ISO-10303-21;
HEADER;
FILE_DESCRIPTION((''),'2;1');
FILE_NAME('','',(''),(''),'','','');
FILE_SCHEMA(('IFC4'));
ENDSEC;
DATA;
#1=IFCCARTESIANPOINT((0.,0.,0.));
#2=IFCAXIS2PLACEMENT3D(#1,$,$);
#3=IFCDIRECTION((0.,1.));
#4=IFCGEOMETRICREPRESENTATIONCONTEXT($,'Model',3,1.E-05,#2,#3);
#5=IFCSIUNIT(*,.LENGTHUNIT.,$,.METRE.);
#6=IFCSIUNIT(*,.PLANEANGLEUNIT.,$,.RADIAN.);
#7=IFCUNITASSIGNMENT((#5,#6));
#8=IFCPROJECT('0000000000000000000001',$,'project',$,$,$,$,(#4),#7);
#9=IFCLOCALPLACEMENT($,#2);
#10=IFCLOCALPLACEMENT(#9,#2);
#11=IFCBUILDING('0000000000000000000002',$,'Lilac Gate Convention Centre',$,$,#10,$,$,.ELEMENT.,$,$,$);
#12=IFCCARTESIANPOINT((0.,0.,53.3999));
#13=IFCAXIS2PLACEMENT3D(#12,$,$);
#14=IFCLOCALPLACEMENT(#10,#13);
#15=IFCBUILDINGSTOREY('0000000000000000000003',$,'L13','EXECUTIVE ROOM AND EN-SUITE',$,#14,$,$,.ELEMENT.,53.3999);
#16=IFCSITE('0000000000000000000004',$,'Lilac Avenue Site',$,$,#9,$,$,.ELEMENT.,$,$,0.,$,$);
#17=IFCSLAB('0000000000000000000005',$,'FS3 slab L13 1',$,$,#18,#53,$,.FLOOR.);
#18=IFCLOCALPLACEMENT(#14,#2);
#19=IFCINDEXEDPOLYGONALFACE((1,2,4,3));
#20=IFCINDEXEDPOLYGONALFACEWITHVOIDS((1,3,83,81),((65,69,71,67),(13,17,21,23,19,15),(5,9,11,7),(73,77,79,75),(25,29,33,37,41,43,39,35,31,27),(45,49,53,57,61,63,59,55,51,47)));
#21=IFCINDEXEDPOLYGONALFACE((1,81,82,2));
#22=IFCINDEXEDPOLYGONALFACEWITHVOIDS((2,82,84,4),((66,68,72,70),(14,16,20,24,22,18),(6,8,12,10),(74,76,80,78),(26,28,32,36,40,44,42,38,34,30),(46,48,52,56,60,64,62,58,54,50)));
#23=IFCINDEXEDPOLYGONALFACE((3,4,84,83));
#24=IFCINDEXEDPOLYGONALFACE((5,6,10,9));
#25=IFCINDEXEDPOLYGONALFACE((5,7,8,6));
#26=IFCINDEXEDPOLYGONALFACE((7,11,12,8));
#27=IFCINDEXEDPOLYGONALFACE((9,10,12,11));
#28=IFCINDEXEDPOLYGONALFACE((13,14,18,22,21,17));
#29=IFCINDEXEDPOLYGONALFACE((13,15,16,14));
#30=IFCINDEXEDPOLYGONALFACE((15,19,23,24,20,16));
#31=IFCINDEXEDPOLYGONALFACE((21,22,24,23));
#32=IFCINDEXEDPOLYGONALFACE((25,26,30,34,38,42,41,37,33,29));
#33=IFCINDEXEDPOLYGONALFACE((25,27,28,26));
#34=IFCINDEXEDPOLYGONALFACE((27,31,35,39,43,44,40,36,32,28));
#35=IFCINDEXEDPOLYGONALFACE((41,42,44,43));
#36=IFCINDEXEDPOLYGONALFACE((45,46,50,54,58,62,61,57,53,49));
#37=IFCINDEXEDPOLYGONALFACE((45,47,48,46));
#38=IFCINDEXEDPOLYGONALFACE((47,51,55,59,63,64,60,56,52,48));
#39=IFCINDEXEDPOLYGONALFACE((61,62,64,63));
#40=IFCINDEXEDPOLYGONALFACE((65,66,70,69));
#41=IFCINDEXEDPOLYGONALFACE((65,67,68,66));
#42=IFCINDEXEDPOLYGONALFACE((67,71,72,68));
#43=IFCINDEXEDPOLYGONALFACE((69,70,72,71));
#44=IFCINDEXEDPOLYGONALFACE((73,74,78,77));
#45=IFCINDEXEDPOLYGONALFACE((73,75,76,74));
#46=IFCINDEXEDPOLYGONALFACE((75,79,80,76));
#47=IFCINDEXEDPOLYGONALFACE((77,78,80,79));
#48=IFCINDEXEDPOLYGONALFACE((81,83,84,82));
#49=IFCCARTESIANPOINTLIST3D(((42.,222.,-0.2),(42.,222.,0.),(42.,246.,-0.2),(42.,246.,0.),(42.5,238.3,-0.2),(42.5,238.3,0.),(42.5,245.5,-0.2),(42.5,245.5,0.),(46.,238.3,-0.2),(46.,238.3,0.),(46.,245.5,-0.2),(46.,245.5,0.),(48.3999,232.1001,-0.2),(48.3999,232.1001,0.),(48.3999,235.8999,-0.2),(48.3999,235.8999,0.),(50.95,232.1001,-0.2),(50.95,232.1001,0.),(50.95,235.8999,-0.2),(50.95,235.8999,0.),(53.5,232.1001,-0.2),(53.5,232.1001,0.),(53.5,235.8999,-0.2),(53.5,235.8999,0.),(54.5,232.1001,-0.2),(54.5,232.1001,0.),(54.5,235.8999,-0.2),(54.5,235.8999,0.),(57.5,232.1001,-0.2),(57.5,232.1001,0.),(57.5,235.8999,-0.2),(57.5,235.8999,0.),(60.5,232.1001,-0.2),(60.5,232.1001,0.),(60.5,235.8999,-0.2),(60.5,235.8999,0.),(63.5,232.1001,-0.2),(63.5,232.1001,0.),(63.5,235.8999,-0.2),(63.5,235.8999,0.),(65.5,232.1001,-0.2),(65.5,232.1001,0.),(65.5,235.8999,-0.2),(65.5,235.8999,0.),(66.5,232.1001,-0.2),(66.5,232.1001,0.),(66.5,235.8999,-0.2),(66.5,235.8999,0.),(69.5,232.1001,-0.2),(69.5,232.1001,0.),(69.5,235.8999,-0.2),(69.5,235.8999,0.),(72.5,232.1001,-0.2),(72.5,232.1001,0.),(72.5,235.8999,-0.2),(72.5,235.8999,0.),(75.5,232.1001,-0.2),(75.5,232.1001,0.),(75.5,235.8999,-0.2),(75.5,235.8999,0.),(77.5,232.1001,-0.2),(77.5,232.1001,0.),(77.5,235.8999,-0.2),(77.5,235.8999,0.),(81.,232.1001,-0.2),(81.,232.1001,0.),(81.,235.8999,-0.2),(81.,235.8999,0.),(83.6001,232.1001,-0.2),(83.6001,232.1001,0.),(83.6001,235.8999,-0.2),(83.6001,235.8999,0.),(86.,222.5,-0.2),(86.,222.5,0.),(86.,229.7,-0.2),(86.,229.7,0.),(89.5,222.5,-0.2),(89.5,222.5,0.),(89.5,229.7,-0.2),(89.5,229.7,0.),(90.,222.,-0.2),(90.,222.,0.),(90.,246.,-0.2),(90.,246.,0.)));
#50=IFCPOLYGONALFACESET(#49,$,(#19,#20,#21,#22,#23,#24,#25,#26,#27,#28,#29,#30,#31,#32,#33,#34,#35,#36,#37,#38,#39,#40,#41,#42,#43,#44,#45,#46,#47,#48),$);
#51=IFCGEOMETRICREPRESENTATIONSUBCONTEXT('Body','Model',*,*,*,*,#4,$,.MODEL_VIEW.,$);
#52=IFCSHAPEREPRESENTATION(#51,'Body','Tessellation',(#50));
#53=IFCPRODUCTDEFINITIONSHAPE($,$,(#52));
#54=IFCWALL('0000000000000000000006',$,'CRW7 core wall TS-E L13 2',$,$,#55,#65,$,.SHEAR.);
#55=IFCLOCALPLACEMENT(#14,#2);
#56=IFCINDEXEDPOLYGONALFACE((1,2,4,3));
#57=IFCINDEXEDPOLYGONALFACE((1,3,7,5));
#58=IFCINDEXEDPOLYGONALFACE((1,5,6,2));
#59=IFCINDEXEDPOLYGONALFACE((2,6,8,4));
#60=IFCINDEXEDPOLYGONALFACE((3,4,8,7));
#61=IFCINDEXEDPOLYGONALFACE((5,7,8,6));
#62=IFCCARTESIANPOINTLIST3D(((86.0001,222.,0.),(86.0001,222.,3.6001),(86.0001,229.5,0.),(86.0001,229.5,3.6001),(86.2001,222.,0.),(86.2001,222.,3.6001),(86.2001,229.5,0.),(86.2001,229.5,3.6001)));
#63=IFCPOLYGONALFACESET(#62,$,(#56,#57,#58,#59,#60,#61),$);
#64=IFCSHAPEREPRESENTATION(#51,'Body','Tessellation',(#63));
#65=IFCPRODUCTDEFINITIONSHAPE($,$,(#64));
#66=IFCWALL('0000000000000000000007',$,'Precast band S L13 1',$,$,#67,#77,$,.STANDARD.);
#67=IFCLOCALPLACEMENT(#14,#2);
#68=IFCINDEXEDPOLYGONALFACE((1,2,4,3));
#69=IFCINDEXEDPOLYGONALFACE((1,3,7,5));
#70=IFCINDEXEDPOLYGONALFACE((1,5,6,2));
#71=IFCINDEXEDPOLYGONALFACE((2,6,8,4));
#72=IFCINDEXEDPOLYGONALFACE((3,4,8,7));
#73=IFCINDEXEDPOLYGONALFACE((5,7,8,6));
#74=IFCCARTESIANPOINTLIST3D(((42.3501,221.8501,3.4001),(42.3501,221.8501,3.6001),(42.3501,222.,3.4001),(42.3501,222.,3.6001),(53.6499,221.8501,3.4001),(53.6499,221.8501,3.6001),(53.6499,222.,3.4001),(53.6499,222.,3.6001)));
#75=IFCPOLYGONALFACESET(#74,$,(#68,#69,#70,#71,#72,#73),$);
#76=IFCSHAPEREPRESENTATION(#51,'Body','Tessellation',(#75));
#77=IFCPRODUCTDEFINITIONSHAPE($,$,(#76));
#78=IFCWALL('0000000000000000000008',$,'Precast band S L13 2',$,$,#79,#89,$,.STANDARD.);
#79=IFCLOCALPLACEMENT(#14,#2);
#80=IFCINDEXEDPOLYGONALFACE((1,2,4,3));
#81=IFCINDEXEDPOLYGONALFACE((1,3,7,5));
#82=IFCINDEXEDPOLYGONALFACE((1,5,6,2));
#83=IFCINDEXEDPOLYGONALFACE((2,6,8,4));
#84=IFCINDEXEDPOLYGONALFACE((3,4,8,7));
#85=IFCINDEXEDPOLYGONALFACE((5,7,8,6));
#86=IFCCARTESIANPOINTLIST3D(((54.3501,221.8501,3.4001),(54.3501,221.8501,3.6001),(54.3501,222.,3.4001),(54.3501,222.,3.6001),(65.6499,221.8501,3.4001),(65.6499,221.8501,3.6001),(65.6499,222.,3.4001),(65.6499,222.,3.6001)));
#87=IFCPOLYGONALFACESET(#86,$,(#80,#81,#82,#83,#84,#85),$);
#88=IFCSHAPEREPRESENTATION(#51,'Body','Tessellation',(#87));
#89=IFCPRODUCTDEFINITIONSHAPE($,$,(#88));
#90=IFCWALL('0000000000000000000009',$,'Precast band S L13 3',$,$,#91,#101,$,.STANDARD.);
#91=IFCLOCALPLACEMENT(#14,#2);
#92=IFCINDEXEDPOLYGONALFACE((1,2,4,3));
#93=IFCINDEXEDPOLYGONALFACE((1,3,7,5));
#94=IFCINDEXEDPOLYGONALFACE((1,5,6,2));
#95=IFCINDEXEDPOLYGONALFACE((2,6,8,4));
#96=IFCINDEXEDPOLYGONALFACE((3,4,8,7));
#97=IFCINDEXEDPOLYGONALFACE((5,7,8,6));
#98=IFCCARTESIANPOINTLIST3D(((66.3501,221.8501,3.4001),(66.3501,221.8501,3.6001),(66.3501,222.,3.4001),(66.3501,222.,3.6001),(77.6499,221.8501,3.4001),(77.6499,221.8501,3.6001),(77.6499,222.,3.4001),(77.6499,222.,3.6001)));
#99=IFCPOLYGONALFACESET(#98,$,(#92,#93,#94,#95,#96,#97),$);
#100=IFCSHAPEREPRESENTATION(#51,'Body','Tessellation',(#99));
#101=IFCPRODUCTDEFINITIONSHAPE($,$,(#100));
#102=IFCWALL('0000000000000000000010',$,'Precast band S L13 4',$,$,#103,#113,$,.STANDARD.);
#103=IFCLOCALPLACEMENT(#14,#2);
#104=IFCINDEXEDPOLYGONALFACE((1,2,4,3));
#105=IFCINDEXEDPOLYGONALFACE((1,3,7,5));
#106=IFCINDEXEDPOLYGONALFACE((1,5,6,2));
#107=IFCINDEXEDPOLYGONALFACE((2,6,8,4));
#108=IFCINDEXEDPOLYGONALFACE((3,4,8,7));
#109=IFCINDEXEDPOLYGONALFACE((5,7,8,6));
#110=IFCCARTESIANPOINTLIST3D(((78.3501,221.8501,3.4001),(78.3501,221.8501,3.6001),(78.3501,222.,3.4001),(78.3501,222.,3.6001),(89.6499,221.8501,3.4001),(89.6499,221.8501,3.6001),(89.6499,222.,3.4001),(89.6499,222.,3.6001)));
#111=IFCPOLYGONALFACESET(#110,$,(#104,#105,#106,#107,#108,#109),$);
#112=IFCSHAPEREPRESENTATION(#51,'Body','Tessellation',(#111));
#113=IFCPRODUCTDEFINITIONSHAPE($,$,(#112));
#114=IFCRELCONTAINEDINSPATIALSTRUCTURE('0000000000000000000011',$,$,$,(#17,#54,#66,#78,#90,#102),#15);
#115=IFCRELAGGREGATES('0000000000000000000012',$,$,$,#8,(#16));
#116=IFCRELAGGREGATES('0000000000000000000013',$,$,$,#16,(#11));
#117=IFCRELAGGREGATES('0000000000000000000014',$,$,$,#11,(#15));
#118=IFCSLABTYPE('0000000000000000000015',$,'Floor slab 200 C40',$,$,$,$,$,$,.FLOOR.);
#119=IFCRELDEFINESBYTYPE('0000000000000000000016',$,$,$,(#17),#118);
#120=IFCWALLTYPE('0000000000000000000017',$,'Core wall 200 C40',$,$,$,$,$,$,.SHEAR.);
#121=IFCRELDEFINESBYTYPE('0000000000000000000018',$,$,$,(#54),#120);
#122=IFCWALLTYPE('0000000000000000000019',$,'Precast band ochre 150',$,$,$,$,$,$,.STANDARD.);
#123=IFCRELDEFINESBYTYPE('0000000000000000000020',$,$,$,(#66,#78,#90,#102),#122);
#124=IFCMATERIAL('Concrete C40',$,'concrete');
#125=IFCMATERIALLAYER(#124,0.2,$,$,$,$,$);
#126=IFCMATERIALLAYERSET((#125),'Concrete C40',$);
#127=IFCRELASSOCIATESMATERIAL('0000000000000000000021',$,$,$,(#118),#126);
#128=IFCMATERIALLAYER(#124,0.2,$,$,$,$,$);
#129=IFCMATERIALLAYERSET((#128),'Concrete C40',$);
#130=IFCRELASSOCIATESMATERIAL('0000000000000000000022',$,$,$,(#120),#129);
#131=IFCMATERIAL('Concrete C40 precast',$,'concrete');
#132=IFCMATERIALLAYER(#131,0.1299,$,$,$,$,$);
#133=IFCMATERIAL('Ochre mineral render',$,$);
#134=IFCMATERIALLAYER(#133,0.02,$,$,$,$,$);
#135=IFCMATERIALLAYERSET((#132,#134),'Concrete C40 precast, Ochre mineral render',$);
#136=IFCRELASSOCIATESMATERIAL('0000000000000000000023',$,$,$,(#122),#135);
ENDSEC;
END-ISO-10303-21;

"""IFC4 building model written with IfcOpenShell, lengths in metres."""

from ifc_helpers import new_model, si_unit, direction, frame, frame_2d, origin, place, context, subcontext, project, spatial, polyline, rectangle, outline, extrude, material, layer, layer_set, type_object, element, save


model = new_model("IFC4")

# Units and contexts
model_context = context("Model", 3, precision=1e-05, world=origin(), true_north=direction((0.0, 1.0)))
body_context = subcontext(model_context, "Body", "Model", "MODEL_VIEW")
ifc_project = project(units=[si_unit("LENGTHUNIT", "METRE"), si_unit("PLANEANGLEUNIT", "RADIAN")], contexts=[model_context])

# Site, building, storey
site_placement = place(None, origin())
site = spatial("IfcSite", under=ifc_project, at=site_placement, Name="Lilac Avenue Site", CompositionType="ELEMENT", RefElevation=0.0)
building_placement = place(site_placement, origin())
building = spatial("IfcBuilding", under=site, at=building_placement, Name="Lilac Gate Convention Centre", CompositionType="ELEMENT")
storey_placement = place(building_placement, frame((0.0, 0.0, 53.3999)))
storey = spatial("IfcBuildingStorey", under=building, at=storey_placement, Name="L13", Description="EXECUTIVE ROOM AND EN-SUITE", CompositionType="ELEMENT", Elevation=53.3999)

# Shared definitions
ifc_material_1 = material(Name="Concrete C40", Category="concrete")

# Slab
ifc_layer_1 = layer(ifc_material_1, 0.2)
ifc_layer_set_1 = layer_set([ifc_layer_1], Name="Concrete C40")
slab_type_1 = type_object("IfcSlabType", Name="Floor slab 200 C40", PredefinedType="FLOOR", material=ifc_layer_set_1)
slab_1_placement = place(storey_placement, frame((0.0, 0.0, -0.2)))
element("IfcSlab", 1, at=slab_1_placement, inside=storey, type_object=slab_type_1, Name="FS3 slab L13 1", PredefinedType="FLOOR", context=body_context, shape_type="SweptSolid", body=[
    extrude(outline(polyline([(42.0, 222.0), (42.0, 246.0), (90.0, 246.0), (90.0, 222.0), (42.0, 222.0)]), holes=[polyline([(48.3999, 235.8999), (48.3999, 232.1001), (50.95, 232.1001), (53.5, 232.1001), (53.5, 235.8999), (50.95, 235.8999), (48.3999, 235.8999)]), polyline([(57.5, 235.8999), (54.5, 235.8999), (54.5, 232.1001), (57.5, 232.1001), (60.5, 232.1001), (63.5, 232.1001), (65.5, 232.1001), (65.5, 235.8999), (63.5, 235.8999), (60.5, 235.8999), (57.5, 235.8999)]), polyline([(42.5, 245.5), (42.5, 238.3), (46.0, 238.3), (46.0, 245.5), (42.5, 245.5)]), polyline([(89.5, 229.7), (86.0, 229.7), (86.0, 222.5), (89.5, 222.5), (89.5, 229.7)]), polyline([(69.5, 235.8999), (66.5, 235.8999), (66.5, 232.1001), (69.5, 232.1001), (72.5, 232.1001), (75.5, 232.1001), (77.5, 232.1001), (77.5, 235.8999), (75.5, 235.8999), (72.5, 235.8999), (69.5, 235.8999)]), polyline([(83.6001, 235.8999), (81.0, 235.8999), (81.0, 232.1001), (83.6001, 232.1001), (83.6001, 235.8999)])]), origin(), (0.0, 0.0, 1.0), 0.2),
])

# Walls
ifc_layer_2 = layer(ifc_material_1, 0.2)
ifc_layer_set_2 = layer_set([ifc_layer_2], Name="Concrete C40")
wall_type_1 = type_object("IfcWallType", Name="Core wall 200 C40", PredefinedType="SHEAR", material=ifc_layer_set_2)
wall_placement = place(storey_placement, frame((86.1001, 222.0, 0.0), z_axis=(0.0, 0.0, 1.0), x_axis=(0.0, 1.0, 0.0)))
element("IfcWall", 2, at=wall_placement, inside=storey, type_object=wall_type_1, Name="CRW7 core wall TS-E L13 2", PredefinedType="SHEAR", context=body_context, shape_type="SweptSolid", body=[
    extrude(rectangle(XDim=7.5, YDim=0.2, at=frame_2d((3.75, 0.0))), origin(), (0.0, 0.0, 1.0), 3.6001),
])
ifc_material_2 = material(Name="Concrete C40 precast", Category="concrete")
ifc_layer_3 = layer(ifc_material_2, 0.1299)
ifc_material_3 = material(Name="Ochre mineral render")
ifc_layer_4 = layer(ifc_material_3, 0.02)
ifc_layer_set_3 = layer_set([ifc_layer_3, ifc_layer_4], Name="Concrete C40 precast, Ochre mineral render")
wall_type_2 = type_object("IfcWallType", Name="Precast band ochre 150", PredefinedType="STANDARD", material=ifc_layer_set_3)
for number, where, z_axis, x_axis, name in (
    (3, (42.3501, 221.925, 3.4001), (0.0, 0.0, 1.0), (1.0, 0.0, 0.0), "Precast band S L13 1"),
    (4, (54.3501, 221.925, 3.4001), (0.0, 0.0, 1.0), (1.0, 0.0, 0.0), "Precast band S L13 2"),
    (5, (66.3501, 221.925, 3.4001), (0.0, 0.0, 1.0), (1.0, 0.0, 0.0), "Precast band S L13 3"),
    (6, (78.3501, 221.925, 3.4001), (0.0, 0.0, 1.0), (1.0, 0.0, 0.0), "Precast band S L13 4"),
):
    element("IfcWall", number, at=place(storey_placement, frame(where, z_axis=z_axis, x_axis=x_axis)), inside=storey, type_object=wall_type_2, Name=name, PredefinedType="STANDARD", context=body_context, shape_type="SweptSolid", body=[
        extrude(rectangle(XDim=11.2998, YDim=0.1499, at=frame_2d((5.6499, 0.0))), origin(), (0.0, 0.0, 1.0), 0.2),
    ])

save(model, "model.ifc")
